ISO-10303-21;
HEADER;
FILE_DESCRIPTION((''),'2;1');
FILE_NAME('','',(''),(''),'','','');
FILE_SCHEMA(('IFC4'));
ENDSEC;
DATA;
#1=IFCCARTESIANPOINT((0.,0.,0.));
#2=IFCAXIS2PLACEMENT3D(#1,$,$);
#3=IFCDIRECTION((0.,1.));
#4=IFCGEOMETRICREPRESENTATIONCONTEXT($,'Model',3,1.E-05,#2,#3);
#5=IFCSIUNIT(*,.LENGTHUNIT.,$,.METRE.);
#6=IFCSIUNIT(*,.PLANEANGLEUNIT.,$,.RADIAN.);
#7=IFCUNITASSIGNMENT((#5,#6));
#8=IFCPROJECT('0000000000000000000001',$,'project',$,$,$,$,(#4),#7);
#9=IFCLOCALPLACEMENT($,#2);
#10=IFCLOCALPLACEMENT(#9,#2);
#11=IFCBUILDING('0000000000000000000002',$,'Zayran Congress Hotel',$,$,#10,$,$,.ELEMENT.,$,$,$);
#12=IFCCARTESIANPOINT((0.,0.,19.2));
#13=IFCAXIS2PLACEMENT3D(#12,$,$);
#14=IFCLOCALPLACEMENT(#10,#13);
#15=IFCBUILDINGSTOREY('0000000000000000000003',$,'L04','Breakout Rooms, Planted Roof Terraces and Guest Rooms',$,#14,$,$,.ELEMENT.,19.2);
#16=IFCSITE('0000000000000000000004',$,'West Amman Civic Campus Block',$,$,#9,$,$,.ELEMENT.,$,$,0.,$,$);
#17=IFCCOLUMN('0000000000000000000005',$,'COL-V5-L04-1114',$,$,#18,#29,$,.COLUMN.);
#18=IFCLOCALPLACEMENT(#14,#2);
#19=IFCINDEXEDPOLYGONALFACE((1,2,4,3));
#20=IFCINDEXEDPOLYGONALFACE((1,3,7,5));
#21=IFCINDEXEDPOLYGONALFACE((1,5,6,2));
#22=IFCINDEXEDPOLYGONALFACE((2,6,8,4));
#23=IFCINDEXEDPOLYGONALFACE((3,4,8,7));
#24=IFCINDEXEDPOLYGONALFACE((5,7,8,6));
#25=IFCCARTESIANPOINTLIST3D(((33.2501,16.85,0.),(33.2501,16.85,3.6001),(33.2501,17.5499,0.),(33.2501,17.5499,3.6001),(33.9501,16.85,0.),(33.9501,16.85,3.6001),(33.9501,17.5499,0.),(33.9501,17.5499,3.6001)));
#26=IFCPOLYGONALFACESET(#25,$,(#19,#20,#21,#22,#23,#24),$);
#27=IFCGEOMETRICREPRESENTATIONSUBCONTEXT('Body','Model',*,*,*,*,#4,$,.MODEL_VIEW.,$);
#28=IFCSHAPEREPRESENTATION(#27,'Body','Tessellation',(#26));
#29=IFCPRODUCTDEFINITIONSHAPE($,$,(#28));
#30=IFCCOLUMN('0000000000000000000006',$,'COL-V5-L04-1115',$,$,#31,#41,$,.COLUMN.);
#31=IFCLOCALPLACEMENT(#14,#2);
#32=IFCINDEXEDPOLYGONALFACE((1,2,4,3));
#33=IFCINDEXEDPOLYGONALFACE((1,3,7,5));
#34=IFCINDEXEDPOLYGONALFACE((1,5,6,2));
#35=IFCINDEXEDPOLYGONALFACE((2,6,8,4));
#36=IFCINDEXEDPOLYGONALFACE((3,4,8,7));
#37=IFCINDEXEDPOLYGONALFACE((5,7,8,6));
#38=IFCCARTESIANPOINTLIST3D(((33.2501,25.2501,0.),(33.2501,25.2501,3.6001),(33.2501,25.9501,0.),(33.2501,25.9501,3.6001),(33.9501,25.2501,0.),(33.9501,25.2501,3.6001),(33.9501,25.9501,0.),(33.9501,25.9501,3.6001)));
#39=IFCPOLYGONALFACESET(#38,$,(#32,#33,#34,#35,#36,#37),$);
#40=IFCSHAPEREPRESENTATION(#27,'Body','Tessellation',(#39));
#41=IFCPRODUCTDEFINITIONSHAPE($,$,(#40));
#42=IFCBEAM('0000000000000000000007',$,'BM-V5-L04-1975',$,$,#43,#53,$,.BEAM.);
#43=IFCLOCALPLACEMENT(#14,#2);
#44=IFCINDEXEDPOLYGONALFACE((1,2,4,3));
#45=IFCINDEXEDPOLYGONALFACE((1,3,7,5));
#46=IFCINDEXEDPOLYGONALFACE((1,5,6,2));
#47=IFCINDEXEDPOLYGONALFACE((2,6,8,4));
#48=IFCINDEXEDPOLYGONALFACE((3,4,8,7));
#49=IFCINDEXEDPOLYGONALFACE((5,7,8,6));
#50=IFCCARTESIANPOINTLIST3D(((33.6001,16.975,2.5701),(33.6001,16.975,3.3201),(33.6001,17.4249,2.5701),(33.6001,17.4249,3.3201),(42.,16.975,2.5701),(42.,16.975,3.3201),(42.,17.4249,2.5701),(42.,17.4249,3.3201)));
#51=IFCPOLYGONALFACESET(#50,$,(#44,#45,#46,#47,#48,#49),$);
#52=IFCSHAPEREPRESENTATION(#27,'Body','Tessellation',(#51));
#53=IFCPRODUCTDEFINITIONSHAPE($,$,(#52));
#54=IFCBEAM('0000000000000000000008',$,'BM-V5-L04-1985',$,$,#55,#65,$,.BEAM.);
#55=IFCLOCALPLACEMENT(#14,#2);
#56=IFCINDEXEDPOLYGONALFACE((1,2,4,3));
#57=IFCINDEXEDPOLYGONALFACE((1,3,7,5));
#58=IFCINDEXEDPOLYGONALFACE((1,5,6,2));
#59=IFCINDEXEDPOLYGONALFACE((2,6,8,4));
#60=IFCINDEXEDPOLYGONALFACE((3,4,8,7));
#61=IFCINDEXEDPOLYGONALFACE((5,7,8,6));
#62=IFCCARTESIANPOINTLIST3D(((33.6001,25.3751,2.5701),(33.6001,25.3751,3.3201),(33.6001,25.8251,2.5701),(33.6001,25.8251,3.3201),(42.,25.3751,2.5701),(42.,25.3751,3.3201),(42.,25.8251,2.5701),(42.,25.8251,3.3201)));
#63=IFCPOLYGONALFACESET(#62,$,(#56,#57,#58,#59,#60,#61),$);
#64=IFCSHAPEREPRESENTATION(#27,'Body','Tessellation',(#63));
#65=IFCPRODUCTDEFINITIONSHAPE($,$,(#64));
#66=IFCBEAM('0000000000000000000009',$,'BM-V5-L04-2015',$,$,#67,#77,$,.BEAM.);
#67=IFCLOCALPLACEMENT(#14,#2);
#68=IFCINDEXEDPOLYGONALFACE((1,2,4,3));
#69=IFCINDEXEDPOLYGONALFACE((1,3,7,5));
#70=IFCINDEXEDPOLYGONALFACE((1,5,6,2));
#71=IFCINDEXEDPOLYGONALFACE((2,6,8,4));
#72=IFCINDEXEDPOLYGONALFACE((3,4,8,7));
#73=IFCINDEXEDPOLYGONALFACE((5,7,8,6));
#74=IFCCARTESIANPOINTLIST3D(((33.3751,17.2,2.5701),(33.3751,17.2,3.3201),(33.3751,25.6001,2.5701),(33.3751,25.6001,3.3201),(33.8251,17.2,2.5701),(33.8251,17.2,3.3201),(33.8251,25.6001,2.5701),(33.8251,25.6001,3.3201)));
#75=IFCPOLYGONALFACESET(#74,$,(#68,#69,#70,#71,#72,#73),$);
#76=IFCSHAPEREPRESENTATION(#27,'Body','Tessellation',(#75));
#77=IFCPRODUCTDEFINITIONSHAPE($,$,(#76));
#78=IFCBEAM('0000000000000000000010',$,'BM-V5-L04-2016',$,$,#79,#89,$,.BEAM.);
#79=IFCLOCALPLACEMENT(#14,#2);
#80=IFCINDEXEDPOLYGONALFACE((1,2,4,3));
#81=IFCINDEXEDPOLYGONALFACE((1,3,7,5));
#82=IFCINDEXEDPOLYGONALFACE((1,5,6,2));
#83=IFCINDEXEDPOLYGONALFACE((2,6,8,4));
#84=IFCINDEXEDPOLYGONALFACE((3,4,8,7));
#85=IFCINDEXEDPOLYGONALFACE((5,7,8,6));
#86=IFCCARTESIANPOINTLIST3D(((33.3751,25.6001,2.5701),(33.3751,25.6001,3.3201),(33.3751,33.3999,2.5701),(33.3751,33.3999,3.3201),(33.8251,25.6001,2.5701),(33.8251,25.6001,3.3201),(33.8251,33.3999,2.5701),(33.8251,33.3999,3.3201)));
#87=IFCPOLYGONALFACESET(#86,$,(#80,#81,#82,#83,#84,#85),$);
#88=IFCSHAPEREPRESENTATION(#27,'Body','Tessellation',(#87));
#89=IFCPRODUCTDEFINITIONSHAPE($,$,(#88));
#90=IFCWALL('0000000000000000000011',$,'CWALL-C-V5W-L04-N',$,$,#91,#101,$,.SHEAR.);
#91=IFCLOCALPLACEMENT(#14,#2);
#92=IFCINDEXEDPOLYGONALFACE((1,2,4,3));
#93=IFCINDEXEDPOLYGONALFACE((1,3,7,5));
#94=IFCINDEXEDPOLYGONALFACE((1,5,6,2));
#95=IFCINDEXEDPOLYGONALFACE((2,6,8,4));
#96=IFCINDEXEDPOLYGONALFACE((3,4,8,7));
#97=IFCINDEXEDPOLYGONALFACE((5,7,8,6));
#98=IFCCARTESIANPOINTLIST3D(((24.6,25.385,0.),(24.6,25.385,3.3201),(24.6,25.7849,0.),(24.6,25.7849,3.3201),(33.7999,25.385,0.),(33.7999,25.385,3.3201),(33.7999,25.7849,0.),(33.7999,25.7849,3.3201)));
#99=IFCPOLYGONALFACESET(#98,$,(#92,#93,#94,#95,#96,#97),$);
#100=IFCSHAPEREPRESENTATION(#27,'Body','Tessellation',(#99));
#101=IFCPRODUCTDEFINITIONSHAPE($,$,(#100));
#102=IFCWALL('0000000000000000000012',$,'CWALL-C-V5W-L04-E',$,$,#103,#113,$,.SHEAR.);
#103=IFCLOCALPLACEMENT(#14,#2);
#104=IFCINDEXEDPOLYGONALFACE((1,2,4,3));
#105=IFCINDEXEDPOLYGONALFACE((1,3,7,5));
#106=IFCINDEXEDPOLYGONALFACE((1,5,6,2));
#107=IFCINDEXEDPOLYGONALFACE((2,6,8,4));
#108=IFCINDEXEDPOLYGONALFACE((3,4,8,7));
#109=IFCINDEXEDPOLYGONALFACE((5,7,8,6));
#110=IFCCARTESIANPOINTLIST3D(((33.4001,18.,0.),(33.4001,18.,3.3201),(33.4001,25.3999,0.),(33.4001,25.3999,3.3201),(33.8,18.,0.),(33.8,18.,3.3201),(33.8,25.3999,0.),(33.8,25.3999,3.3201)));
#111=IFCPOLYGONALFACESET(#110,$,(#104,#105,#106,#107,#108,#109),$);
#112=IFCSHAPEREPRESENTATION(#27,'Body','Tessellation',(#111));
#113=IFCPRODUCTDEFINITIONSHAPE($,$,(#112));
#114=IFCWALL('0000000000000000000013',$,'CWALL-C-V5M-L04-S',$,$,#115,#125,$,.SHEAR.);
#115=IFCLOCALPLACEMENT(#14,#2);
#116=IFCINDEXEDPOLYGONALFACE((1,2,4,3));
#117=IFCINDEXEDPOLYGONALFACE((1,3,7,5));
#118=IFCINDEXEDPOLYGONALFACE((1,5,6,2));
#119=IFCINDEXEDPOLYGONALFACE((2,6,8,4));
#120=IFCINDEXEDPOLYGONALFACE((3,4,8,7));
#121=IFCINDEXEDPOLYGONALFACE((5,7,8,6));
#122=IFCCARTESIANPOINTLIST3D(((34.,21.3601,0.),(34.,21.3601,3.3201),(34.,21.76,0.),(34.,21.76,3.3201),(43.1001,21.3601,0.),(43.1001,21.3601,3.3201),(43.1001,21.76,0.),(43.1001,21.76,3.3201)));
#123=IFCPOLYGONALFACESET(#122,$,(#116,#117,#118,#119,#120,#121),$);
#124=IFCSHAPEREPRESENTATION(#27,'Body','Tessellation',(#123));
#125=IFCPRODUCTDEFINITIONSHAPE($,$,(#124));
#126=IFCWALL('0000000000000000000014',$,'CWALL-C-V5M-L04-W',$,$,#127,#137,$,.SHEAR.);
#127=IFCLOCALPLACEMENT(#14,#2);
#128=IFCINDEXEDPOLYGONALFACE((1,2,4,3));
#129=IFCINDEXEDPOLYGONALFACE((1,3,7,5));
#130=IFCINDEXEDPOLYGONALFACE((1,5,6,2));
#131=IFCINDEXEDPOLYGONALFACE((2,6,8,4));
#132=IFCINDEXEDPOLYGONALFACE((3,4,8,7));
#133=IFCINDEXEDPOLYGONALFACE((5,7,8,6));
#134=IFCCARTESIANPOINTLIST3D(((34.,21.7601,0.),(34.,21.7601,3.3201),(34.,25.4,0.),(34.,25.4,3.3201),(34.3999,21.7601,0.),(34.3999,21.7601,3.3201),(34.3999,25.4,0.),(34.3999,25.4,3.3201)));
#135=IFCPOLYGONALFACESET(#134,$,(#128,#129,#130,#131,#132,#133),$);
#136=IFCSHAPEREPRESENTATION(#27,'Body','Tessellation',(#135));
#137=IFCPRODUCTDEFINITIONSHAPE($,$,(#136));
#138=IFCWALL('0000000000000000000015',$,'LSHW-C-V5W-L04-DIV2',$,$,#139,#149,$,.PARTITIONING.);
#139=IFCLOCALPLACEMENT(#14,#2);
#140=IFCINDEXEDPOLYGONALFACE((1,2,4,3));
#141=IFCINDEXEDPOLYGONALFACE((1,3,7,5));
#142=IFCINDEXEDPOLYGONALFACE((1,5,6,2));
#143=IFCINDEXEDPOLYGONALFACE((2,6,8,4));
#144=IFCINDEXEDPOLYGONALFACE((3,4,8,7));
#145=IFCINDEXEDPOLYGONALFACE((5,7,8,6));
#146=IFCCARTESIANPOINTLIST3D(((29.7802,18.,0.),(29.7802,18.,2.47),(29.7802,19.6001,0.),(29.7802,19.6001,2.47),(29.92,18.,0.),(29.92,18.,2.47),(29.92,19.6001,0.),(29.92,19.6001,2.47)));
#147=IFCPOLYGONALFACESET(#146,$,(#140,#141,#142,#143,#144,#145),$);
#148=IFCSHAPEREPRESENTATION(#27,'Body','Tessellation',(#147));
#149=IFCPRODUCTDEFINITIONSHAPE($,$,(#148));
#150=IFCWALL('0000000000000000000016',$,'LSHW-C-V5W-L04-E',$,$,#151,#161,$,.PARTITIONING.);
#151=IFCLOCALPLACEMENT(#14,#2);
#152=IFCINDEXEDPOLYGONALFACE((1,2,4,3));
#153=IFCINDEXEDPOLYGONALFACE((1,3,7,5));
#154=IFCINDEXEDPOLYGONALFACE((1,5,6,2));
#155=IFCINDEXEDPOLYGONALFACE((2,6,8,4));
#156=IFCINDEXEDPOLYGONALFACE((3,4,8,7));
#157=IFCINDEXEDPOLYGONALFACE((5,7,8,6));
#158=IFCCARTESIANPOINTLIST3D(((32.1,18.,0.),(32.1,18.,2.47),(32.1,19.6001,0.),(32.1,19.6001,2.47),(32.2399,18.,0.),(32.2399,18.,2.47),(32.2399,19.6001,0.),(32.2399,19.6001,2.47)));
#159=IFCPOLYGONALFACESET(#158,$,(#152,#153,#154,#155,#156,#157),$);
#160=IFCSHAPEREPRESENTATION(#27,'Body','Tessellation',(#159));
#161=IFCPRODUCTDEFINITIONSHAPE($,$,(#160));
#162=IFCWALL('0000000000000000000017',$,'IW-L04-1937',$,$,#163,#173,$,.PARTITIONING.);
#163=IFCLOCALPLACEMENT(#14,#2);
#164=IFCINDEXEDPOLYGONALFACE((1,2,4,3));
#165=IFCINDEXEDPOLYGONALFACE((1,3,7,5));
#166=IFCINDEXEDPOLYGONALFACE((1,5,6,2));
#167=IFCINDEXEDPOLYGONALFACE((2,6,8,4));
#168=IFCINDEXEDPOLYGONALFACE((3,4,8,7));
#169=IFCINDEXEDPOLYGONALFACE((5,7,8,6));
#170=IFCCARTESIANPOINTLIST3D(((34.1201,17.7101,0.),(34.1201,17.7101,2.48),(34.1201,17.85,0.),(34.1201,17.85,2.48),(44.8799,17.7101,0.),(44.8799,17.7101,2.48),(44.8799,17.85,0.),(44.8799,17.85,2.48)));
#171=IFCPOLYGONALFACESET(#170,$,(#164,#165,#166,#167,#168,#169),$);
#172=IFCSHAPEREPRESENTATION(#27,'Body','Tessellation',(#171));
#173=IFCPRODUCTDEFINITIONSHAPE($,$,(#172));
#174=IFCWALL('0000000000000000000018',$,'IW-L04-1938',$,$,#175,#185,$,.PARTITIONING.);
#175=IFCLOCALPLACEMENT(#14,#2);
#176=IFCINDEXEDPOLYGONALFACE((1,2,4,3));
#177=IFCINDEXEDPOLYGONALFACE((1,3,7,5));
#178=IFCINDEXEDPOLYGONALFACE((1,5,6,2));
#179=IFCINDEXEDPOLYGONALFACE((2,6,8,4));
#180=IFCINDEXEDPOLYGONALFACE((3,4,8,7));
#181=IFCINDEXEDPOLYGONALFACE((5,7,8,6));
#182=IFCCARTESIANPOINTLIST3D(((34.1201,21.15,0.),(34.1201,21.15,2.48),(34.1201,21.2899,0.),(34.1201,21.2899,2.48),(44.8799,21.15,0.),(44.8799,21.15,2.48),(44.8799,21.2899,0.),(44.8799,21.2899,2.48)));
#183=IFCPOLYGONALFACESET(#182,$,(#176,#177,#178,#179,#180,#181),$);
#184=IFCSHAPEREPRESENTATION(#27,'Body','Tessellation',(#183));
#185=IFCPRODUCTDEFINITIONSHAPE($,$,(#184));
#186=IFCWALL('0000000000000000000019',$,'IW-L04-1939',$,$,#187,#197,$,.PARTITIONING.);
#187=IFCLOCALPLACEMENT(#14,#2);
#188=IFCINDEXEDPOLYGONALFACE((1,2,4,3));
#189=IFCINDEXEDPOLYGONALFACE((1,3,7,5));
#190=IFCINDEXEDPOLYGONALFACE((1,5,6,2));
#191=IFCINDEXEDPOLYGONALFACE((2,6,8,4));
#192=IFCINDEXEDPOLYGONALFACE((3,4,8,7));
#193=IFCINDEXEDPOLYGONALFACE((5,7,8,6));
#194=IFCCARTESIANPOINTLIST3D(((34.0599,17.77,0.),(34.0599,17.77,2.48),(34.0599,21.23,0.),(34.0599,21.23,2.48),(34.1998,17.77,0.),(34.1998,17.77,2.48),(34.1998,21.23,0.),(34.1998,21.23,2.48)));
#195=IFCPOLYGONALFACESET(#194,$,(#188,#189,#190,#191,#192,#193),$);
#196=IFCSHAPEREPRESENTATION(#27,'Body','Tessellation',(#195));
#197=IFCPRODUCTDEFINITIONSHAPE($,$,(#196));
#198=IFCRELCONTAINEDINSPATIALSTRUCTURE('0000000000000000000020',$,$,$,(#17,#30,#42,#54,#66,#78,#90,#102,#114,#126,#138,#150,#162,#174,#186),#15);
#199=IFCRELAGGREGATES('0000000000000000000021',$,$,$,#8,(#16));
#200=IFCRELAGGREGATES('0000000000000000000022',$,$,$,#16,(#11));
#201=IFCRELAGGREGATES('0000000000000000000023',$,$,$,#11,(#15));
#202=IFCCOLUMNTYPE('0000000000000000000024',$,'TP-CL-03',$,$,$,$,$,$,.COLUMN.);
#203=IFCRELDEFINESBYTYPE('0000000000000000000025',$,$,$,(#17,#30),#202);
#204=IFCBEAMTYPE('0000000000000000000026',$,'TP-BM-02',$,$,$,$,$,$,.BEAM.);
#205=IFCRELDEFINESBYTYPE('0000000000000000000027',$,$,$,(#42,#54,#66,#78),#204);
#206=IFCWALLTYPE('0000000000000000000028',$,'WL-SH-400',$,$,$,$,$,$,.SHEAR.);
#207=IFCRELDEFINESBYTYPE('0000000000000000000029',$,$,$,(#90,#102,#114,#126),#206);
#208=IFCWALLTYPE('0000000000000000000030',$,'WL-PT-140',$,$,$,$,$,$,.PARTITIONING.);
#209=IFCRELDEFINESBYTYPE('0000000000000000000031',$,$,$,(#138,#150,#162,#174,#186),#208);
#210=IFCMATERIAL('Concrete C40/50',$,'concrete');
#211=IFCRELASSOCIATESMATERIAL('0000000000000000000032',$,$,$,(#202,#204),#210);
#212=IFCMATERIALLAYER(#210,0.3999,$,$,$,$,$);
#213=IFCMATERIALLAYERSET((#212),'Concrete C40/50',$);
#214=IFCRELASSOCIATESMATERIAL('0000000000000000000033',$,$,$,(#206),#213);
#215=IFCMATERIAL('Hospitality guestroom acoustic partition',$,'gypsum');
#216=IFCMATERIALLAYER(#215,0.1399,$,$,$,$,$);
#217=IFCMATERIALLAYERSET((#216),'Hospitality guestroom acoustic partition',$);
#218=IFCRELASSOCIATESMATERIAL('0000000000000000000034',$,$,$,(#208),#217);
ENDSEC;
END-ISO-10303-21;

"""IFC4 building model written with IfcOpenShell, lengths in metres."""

from ifc_helpers import new_model, si_unit, direction, frame, frame_2d, origin, origin_2d, place, context, subcontext, project, spatial, rectangle, extrude, material, layer, layer_set, material_profile, profile_set, type_object, element, save


model = new_model("IFC4")

# Units and contexts
model_context = context("Model", 3, precision=1e-05, world=origin(), true_north=direction((0.0, 1.0)))
body_context = subcontext(model_context, "Body", "Model", "MODEL_VIEW")
ifc_project = project(units=[si_unit("LENGTHUNIT", "METRE"), si_unit("PLANEANGLEUNIT", "RADIAN")], contexts=[model_context])

# Site, building, storey
site_placement = place(None, origin())
site = spatial("IfcSite", under=ifc_project, at=site_placement, Name="West Amman Civic Campus Block", CompositionType="ELEMENT", RefElevation=0.0)
building_placement = place(site_placement, origin())
building = spatial("IfcBuilding", under=site, at=building_placement, Name="Zayran Congress Hotel", CompositionType="ELEMENT")
storey_placement = place(building_placement, frame((0.0, 0.0, 19.2)))
storey = spatial("IfcBuildingStorey", under=building, at=storey_placement, Name="L04", Description="Breakout Rooms, Planted Roof Terraces and Guest Rooms", CompositionType="ELEMENT", Elevation=19.2)

# Columns
ifc_material_1 = material(Name="Concrete C40/50", Category="concrete")
ifc_material_profile_1 = material_profile(ifc_material_1, rectangle(XDim=0.7, YDim=0.7, at=origin_2d()), Name="RC 700x700")
ifc_profile_set_1 = profile_set([ifc_material_profile_1], Name="Concrete C40/50")
column_type = type_object("IfcColumnType", Name="TP-CL-03", PredefinedType="COLUMN", material=ifc_profile_set_1)
for number, where, z_axis, x_axis, name in (
    (1, (33.6001, 17.2, 0.0), (0.0, 0.0, 1.0), (1.0, 0.0, 0.0), "COL-V5-L04-1114"),
    (2, (33.6001, 25.6001, 0.0), (0.0, 0.0, 1.0), (1.0, 0.0, 0.0), "COL-V5-L04-1115"),
):
    element("IfcColumn", number, at=place(storey_placement, frame(where, z_axis=z_axis, x_axis=x_axis)), inside=storey, type_object=column_type, Name=name, PredefinedType="COLUMN", context=body_context, shape_type="SweptSolid", body=[
        extrude(rectangle(XDim=0.7, YDim=0.7, at=origin_2d()), origin(), (0.0, 0.0, 1.0), 3.6001),
    ])

# Beams
ifc_material_profile_2 = material_profile(ifc_material_1, rectangle(XDim=0.45, YDim=0.75, at=origin_2d()), Name="RC 450x750")
ifc_profile_set_2 = profile_set([ifc_material_profile_2], Name="Concrete C40/50")
beam_type = type_object("IfcBeamType", Name="TP-BM-02", PredefinedType="BEAM", material=ifc_profile_set_2)
for number, where, z_axis, x_axis, name in (
    (3, (33.6001, 17.2, 2.9451), (1.0, 0.0, 0.0), (0.0, 1.0, 0.0), "BM-V5-L04-1975"),
    (4, (33.6001, 25.6001, 2.9451), (1.0, 0.0, 0.0), (0.0, 1.0, 0.0), "BM-V5-L04-1985"),
):
    element("IfcBeam", number, at=place(storey_placement, frame(where, z_axis=z_axis, x_axis=x_axis)), inside=storey, type_object=beam_type, Name=name, PredefinedType="BEAM", context=body_context, shape_type="SweptSolid", body=[
        extrude(rectangle(XDim=0.45, YDim=0.75, at=origin_2d()), origin(), (0.0, 0.0, 1.0), 8.3999),
    ])
beam_1_placement = place(storey_placement, frame((33.6001, 17.2, 2.9451), z_axis=(0.0, 1.0, 0.0), x_axis=(-1.0, 0.0, 0.0)))
element("IfcBeam", 5, at=beam_1_placement, inside=storey, type_object=beam_type, Name="BM-V5-L04-2015", PredefinedType="BEAM", context=body_context, shape_type="SweptSolid", body=[
    extrude(rectangle(XDim=0.45, YDim=0.75, at=origin_2d()), origin(), (0.0, 0.0, 1.0), 8.4001),
])
beam_2_placement = place(storey_placement, frame((33.6001, 25.6001, 2.9451), z_axis=(0.0, 1.0, 0.0), x_axis=(-1.0, 0.0, 0.0)))
element("IfcBeam", 6, at=beam_2_placement, inside=storey, type_object=beam_type, Name="BM-V5-L04-2016", PredefinedType="BEAM", context=body_context, shape_type="SweptSolid", body=[
    extrude(rectangle(XDim=0.45, YDim=0.75, at=origin_2d()), origin(), (0.0, 0.0, 1.0), 7.7998),
])

# Walls
ifc_layer_1 = layer(ifc_material_1, 0.3999)
ifc_layer_set_1 = layer_set([ifc_layer_1], Name="Concrete C40/50")
wall_type_1 = type_object("IfcWallType", Name="WL-SH-400", PredefinedType="SHEAR", material=ifc_layer_set_1)
wall_1_placement = place(storey_placement, frame((33.8, 25.585, 0.0), z_axis=(0.0, 0.0, 1.0), x_axis=(-1.0, 0.0, 0.0)))
element("IfcWall", 7, at=wall_1_placement, inside=storey, type_object=wall_type_1, Name="CWALL-C-V5W-L04-N", PredefinedType="SHEAR", context=body_context, shape_type="SweptSolid", body=[
    extrude(rectangle(XDim=9.2, YDim=0.3999, at=frame_2d((4.6001, 0.0))), origin(), (0.0, 0.0, 1.0), 3.3201),
])
wall_2_placement = place(storey_placement, frame((33.6001, 18.0, 0.0), z_axis=(0.0, 0.0, 1.0), x_axis=(0.0, 1.0, 0.0)))
element("IfcWall", 8, at=wall_2_placement, inside=storey, type_object=wall_type_1, Name="CWALL-C-V5W-L04-E", PredefinedType="SHEAR", context=body_context, shape_type="SweptSolid", body=[
    extrude(rectangle(XDim=7.3999, YDim=0.3999, at=frame_2d((3.7, 0.0))), origin(), (0.0, 0.0, 1.0), 3.3201),
])
wall_3_placement = place(storey_placement, frame((34.0, 21.5601, 0.0), z_axis=(0.0, 0.0, 1.0), x_axis=(1.0, 0.0, 0.0)))
element("IfcWall", 9, at=wall_3_placement, inside=storey, type_object=wall_type_1, Name="CWALL-C-V5M-L04-S", PredefinedType="SHEAR", context=body_context, shape_type="SweptSolid", body=[
    extrude(rectangle(XDim=9.1001, YDim=0.3999, at=frame_2d((4.55, 0.0))), origin(), (0.0, 0.0, 1.0), 3.3201),
])
wall_4_placement = place(storey_placement, frame((34.2, 25.3999, 0.0), z_axis=(0.0, 0.0, 1.0), x_axis=(0.0, -1.0, 0.0)))
element("IfcWall", 10, at=wall_4_placement, inside=storey, type_object=wall_type_1, Name="CWALL-C-V5M-L04-W", PredefinedType="SHEAR", context=body_context, shape_type="SweptSolid", body=[
    extrude(rectangle(XDim=3.6399, YDim=0.3999, at=frame_2d((1.8198, 0.0))), origin(), (0.0, 0.0, 1.0), 3.3201),
])
ifc_material_2 = material(Name="Hospitality guestroom acoustic partition", Category="gypsum")
ifc_layer_2 = layer(ifc_material_2, 0.1399)
ifc_layer_set_2 = layer_set([ifc_layer_2], Name="Hospitality guestroom acoustic partition")
wall_type_2 = type_object("IfcWallType", Name="WL-PT-140", PredefinedType="PARTITIONING", material=ifc_layer_set_2)
for number, where, z_axis, x_axis, name in (
    (11, (29.8501, 18.0, 0.0), (0.0, 0.0, 1.0), (0.0, 1.0, 0.0), "LSHW-C-V5W-L04-DIV2"),
    (12, (32.1699, 18.0, 0.0), (0.0, 0.0, 1.0), (0.0, 1.0, 0.0), "LSHW-C-V5W-L04-E"),
):
    element("IfcWall", number, at=place(storey_placement, frame(where, z_axis=z_axis, x_axis=x_axis)), inside=storey, type_object=wall_type_2, Name=name, PredefinedType="PARTITIONING", context=body_context, shape_type="SweptSolid", body=[
        extrude(rectangle(XDim=1.6001, YDim=0.1399, at=frame_2d((0.8, 0.0))), origin(), (0.0, 0.0, 1.0), 2.47),
    ])
for number, where, z_axis, x_axis, name in (
    (13, (34.1201, 17.78, 0.0), (0.0, 0.0, 1.0), (1.0, 0.0, 0.0), "IW-L04-1937"),
    (14, (34.1201, 21.22, 0.0), (0.0, 0.0, 1.0), (1.0, 0.0, 0.0), "IW-L04-1938"),
):
    element("IfcWall", number, at=place(storey_placement, frame(where, z_axis=z_axis, x_axis=x_axis)), inside=storey, type_object=wall_type_2, Name=name, PredefinedType="PARTITIONING", context=body_context, shape_type="SweptSolid", body=[
        extrude(rectangle(XDim=10.7598, YDim=0.1399, at=frame_2d((5.3799, 0.0))), origin(), (0.0, 0.0, 1.0), 2.48),
    ])
wall_5_placement = place(storey_placement, frame((34.1299, 17.77, 0.0), z_axis=(0.0, 0.0, 1.0), x_axis=(0.0, 1.0, 0.0)))
element("IfcWall", 15, at=wall_5_placement, inside=storey, type_object=wall_type_2, Name="IW-L04-1939", PredefinedType="PARTITIONING", context=body_context, shape_type="SweptSolid", body=[
    extrude(rectangle(XDim=3.46, YDim=0.1399, at=frame_2d((1.73, 0.0))), origin(), (0.0, 0.0, 1.0), 2.48),
])

save(model, "model.ifc")
